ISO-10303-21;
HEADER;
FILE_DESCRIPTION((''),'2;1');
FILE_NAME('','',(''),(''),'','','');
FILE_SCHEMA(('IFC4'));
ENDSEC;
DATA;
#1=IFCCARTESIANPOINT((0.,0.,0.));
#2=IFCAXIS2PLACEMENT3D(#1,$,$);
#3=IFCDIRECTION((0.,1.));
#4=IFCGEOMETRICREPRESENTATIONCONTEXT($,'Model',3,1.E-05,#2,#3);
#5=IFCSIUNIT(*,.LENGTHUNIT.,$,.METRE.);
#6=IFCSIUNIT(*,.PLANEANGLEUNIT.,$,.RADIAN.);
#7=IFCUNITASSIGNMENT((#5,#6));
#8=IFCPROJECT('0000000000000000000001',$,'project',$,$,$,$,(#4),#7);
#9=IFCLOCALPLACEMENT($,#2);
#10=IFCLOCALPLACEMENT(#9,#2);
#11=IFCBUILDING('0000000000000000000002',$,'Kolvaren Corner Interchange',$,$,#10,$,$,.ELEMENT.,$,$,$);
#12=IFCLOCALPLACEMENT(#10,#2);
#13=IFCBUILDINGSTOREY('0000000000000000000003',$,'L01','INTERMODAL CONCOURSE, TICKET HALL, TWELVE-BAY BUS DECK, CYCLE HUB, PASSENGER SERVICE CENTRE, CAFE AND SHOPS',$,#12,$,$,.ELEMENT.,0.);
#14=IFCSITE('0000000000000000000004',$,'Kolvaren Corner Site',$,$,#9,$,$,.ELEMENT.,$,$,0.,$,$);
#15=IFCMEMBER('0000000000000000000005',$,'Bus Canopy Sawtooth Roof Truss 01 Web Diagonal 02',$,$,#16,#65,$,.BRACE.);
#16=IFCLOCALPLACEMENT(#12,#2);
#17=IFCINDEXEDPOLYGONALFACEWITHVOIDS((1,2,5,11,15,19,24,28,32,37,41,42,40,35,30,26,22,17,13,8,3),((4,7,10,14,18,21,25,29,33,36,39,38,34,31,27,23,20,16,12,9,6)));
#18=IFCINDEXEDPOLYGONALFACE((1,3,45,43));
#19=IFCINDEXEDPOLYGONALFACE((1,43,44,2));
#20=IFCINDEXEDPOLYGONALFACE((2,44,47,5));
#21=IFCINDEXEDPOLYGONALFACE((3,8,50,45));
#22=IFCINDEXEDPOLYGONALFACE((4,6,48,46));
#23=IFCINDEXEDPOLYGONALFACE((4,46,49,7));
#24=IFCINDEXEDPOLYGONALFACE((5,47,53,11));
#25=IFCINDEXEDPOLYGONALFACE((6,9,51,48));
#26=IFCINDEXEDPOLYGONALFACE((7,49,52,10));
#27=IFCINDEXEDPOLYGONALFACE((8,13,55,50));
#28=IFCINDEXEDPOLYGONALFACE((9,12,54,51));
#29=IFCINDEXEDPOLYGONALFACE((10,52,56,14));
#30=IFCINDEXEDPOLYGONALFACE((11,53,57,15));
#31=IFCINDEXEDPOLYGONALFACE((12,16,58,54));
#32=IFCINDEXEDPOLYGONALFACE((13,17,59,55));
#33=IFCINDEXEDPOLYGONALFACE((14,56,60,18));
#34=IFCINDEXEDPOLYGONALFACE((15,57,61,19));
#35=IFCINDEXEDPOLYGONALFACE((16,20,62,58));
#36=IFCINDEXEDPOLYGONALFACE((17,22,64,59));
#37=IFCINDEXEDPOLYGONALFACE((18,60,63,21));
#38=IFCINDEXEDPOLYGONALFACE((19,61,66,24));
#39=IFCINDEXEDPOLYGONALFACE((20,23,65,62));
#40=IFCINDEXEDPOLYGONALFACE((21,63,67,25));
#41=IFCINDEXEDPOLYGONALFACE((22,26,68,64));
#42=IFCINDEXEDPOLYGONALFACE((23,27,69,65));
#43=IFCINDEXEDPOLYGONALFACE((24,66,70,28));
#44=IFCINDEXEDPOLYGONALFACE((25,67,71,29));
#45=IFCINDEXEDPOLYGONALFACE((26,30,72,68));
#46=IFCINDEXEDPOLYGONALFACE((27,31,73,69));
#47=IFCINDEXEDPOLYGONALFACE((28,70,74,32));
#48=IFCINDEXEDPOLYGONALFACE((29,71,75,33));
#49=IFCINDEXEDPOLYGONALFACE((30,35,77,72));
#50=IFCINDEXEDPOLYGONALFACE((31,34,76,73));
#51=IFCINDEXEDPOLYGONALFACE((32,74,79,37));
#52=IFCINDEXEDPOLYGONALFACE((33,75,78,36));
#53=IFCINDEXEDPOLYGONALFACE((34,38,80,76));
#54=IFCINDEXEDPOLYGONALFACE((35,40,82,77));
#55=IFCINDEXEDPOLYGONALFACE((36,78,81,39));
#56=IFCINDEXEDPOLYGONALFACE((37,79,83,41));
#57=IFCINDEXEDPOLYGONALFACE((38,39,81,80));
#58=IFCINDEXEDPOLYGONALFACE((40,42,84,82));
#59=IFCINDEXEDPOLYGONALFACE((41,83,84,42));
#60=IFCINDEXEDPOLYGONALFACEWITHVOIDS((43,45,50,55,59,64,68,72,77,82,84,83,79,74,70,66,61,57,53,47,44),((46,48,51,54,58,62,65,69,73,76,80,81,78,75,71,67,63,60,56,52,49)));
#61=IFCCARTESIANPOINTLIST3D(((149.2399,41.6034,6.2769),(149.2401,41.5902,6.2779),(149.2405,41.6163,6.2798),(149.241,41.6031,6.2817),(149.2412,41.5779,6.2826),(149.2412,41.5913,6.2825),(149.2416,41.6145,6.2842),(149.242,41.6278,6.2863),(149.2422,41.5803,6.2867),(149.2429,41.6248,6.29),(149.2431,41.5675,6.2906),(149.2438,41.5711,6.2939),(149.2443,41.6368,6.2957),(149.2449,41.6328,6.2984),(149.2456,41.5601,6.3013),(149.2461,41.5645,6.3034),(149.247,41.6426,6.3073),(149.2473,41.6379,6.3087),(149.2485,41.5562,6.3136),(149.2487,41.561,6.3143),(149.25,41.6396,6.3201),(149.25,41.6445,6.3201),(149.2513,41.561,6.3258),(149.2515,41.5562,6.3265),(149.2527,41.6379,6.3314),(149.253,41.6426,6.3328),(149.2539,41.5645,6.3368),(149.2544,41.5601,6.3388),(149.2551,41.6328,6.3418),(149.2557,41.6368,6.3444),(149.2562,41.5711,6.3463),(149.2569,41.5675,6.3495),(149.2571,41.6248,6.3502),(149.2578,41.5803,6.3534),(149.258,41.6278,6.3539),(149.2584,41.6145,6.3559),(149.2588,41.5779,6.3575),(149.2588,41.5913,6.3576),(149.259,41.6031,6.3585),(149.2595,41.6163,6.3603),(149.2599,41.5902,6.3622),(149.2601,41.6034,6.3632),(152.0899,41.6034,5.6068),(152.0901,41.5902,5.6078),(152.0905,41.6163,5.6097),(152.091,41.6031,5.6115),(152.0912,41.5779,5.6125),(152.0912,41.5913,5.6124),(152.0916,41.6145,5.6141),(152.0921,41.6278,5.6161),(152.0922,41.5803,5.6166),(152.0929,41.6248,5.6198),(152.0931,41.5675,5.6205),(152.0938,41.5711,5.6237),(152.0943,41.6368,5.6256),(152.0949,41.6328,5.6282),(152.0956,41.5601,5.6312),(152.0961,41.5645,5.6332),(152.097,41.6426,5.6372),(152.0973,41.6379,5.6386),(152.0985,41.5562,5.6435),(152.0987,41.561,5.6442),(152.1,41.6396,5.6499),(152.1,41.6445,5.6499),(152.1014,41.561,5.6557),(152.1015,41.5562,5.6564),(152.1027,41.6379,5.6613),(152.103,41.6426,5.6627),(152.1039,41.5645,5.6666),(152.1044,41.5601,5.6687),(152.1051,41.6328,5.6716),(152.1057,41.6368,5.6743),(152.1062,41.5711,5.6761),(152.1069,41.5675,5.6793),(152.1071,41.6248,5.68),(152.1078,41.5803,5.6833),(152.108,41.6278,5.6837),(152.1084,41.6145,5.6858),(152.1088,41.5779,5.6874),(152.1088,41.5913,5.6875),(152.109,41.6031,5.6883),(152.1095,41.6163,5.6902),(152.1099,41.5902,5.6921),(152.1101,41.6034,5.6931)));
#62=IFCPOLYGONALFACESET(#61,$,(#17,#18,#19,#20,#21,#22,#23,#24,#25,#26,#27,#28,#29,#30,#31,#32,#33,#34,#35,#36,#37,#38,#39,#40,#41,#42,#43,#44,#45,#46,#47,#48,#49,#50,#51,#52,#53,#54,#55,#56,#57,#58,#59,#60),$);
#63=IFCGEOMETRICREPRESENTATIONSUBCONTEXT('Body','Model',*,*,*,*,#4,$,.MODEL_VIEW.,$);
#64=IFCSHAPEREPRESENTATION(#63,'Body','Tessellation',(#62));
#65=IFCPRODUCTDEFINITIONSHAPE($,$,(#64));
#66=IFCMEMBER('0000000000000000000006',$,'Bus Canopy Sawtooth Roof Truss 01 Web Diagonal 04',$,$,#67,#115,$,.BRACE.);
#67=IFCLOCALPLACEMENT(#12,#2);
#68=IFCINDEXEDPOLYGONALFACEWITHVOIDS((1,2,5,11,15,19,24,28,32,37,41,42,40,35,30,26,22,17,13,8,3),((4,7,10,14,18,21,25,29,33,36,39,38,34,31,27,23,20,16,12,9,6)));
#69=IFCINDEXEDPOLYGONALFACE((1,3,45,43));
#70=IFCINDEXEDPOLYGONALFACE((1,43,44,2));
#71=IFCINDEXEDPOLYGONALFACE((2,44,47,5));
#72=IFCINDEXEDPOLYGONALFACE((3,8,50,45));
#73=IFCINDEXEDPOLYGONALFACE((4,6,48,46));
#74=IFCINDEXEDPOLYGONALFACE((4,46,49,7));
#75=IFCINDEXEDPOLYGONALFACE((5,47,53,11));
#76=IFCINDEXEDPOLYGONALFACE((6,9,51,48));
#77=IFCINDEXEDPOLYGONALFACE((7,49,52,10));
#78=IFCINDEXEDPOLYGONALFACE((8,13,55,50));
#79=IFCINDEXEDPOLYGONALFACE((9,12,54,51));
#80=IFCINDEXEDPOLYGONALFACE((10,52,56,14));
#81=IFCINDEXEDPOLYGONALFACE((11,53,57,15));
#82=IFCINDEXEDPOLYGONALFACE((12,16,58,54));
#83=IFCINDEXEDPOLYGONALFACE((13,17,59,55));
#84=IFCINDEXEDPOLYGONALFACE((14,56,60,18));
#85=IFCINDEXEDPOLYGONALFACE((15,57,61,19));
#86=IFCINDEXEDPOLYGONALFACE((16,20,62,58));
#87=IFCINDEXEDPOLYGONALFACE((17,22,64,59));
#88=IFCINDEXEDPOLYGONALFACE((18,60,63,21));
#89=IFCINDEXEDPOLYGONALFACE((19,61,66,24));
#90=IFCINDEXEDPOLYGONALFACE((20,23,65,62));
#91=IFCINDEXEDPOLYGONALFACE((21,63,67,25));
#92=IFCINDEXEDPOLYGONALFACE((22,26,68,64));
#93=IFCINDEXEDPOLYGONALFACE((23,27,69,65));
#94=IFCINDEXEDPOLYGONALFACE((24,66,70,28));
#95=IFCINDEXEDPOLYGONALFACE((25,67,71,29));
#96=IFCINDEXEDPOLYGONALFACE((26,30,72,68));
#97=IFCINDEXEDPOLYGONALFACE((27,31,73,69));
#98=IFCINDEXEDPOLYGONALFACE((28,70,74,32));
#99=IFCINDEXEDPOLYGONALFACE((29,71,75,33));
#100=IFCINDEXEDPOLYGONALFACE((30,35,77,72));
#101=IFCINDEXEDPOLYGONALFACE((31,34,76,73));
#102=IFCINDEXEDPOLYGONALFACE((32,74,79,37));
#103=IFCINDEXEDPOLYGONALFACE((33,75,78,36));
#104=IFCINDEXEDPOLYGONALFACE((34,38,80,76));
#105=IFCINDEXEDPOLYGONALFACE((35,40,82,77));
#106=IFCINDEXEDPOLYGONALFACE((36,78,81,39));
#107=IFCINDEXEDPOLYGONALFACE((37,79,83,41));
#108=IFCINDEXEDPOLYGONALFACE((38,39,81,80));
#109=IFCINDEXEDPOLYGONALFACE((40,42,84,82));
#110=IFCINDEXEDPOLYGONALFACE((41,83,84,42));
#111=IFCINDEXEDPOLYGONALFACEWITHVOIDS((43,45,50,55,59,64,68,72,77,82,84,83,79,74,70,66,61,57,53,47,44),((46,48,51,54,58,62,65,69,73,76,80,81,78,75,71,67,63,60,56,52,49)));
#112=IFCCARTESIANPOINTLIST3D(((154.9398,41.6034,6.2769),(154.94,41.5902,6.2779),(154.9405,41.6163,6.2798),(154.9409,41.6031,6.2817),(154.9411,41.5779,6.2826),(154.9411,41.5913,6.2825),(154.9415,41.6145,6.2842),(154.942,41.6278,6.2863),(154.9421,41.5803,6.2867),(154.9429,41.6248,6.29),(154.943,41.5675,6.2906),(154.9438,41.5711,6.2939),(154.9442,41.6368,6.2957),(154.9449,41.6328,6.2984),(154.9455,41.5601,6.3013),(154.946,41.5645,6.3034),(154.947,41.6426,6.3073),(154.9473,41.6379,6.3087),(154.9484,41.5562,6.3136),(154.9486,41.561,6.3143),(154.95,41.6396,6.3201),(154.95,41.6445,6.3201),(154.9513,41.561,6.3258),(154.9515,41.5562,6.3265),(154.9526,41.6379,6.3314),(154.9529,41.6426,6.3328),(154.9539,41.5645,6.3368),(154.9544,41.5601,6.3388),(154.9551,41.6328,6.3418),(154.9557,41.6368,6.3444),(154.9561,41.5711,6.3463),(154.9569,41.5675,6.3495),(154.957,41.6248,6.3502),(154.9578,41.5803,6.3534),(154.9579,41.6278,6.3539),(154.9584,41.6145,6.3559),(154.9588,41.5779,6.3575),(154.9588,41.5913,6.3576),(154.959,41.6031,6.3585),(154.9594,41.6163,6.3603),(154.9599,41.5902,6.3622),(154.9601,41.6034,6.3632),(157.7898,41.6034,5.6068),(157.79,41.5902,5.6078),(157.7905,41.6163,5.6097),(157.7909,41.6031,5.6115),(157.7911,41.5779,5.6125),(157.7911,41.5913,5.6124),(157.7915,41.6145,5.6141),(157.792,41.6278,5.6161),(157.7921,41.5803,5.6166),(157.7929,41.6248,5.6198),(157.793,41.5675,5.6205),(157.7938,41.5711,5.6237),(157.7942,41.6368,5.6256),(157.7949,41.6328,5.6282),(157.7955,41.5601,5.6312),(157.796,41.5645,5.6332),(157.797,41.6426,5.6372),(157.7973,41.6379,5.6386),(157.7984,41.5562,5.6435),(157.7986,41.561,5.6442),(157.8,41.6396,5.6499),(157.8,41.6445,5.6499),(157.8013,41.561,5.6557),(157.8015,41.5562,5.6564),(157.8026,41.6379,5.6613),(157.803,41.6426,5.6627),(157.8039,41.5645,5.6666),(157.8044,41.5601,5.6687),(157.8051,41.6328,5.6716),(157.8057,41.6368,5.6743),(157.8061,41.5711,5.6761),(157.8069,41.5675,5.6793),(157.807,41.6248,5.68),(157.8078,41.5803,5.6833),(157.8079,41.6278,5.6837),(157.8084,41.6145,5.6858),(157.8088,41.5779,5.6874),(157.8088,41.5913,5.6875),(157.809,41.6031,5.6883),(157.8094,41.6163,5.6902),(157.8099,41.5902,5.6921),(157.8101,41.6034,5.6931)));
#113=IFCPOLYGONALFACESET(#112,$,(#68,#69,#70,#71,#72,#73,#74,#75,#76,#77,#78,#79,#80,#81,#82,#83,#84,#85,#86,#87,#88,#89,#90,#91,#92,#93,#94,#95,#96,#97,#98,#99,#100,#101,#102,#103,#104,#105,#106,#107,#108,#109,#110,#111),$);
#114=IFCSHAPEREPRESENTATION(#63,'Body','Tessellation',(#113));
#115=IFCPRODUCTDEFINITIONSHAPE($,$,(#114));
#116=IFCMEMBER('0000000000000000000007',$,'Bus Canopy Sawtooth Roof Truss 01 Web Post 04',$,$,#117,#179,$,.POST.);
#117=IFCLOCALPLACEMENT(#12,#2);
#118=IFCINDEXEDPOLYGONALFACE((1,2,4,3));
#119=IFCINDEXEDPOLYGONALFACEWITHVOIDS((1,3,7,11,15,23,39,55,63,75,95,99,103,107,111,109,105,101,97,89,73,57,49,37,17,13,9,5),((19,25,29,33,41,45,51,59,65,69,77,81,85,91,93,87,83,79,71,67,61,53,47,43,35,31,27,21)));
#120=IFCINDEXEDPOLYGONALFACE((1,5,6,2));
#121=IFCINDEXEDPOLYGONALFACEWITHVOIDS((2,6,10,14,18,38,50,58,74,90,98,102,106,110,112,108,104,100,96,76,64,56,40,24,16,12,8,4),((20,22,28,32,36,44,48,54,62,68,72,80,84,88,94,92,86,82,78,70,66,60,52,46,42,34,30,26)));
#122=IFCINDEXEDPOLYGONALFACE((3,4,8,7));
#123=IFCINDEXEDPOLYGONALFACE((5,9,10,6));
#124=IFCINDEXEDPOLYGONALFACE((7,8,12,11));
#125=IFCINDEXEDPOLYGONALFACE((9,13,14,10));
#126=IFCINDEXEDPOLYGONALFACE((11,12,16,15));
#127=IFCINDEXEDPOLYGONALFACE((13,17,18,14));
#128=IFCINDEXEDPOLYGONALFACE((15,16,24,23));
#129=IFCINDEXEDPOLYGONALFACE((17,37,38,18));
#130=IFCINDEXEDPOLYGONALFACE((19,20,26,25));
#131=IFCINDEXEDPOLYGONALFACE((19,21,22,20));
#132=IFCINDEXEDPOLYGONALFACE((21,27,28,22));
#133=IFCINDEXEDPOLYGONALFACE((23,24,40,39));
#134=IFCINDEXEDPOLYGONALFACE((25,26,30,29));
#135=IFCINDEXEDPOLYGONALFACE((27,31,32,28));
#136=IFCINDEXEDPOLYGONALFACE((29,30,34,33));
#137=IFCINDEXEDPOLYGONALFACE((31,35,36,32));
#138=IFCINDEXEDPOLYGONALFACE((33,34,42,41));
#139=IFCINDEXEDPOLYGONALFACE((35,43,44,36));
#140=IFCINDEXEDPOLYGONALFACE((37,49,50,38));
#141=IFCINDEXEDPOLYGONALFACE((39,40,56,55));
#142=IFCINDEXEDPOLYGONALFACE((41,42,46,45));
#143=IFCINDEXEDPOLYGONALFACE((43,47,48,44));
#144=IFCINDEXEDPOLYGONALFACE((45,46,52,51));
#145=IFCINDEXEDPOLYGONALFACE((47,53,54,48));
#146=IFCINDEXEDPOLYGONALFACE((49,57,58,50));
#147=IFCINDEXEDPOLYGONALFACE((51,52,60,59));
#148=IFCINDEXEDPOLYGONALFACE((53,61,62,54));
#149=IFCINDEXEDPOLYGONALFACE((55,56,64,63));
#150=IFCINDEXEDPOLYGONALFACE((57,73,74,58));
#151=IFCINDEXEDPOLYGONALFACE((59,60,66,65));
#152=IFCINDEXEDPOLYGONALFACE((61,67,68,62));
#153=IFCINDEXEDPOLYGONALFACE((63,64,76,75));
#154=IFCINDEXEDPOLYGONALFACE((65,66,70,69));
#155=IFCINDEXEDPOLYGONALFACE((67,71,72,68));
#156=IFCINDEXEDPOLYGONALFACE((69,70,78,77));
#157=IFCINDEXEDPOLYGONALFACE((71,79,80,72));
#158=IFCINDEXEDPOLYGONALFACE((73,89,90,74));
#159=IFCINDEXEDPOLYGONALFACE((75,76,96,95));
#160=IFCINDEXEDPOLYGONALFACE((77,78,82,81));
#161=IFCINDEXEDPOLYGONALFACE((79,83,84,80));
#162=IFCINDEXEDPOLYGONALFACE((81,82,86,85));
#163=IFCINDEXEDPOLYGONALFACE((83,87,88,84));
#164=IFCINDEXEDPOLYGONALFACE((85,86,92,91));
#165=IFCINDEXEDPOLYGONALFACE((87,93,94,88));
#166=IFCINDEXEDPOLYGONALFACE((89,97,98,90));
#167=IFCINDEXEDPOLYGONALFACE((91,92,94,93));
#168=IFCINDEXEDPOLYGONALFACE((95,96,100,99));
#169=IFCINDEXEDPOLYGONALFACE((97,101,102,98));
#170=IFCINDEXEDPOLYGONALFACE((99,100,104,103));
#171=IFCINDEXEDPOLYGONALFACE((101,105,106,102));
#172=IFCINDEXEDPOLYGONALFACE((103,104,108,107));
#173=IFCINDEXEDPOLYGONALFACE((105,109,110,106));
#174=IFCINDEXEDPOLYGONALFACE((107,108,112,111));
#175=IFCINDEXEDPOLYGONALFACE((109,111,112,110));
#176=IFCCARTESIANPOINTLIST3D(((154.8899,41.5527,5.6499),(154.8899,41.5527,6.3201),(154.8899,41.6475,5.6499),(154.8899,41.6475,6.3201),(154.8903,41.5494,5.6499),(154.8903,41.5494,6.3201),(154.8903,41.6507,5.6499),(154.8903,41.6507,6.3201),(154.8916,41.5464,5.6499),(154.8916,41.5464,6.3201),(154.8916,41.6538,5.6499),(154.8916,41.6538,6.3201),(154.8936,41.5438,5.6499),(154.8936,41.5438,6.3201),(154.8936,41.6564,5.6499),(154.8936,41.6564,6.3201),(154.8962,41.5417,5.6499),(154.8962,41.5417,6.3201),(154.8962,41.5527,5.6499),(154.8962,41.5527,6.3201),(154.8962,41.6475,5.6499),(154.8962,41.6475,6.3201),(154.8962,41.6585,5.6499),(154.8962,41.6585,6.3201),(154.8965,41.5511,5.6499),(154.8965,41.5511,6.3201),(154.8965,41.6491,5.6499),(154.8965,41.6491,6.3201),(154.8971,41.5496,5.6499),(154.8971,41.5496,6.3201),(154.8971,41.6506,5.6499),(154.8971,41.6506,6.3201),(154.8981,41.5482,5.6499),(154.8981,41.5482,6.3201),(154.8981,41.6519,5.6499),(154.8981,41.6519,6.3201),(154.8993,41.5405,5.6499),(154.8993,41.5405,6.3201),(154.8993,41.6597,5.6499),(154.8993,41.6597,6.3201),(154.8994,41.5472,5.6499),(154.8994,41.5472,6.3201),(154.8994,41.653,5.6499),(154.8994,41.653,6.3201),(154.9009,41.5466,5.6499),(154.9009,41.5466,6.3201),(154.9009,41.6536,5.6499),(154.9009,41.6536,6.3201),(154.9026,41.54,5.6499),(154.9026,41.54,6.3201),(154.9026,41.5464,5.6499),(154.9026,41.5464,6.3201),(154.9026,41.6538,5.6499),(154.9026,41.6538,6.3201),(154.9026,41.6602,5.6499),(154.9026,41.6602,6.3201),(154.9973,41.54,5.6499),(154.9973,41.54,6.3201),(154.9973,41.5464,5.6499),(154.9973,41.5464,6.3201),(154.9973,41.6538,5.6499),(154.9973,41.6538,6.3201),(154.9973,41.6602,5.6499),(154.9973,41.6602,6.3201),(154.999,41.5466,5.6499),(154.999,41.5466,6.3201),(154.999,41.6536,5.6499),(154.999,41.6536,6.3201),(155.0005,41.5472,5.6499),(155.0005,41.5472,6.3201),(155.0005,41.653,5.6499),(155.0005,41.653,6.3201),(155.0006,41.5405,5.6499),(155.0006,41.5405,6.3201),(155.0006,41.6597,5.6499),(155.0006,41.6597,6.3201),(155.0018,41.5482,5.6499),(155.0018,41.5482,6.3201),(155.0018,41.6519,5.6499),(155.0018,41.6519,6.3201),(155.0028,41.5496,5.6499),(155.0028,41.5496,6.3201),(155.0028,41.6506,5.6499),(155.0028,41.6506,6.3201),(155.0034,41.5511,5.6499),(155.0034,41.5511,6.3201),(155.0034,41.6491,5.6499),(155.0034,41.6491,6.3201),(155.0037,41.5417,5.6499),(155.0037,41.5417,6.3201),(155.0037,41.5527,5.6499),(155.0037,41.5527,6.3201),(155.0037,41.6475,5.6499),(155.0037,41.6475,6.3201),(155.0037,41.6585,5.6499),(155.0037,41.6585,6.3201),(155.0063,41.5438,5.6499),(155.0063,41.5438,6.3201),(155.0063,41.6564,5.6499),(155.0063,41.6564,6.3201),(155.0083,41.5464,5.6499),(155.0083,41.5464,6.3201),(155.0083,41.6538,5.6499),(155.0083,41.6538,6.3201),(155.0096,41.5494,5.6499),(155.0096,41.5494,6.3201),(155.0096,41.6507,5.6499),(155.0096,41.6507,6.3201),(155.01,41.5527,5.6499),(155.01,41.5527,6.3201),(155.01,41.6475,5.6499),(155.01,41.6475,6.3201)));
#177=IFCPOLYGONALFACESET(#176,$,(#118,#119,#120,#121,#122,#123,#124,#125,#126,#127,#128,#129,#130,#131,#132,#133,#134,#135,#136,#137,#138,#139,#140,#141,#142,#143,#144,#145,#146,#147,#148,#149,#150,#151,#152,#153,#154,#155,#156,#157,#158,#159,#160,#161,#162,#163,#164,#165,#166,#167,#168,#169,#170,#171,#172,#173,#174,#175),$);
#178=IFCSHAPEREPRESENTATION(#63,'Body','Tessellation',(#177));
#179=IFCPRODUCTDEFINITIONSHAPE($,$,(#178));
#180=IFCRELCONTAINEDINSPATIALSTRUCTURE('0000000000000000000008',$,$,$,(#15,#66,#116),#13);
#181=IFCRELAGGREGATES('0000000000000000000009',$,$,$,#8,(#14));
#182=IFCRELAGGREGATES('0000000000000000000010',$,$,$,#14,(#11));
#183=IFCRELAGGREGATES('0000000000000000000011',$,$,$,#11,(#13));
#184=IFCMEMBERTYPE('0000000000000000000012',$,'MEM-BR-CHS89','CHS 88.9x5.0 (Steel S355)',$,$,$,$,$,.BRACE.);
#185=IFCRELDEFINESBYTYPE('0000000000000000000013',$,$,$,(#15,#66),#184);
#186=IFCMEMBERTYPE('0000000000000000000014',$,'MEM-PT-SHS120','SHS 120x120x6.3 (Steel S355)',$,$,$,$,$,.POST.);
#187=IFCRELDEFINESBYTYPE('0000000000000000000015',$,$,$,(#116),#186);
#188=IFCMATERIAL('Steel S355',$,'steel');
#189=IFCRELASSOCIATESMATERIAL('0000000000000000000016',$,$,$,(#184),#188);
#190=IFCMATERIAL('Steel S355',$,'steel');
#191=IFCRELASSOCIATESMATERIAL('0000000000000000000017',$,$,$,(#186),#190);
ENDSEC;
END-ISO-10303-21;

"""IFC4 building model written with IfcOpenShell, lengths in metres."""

from ifc_helpers import new_model, si_unit, direction, frame, origin, origin_2d, place, context, subcontext, project, spatial, hollow_rectangle, hollow_circle, extrude, material, material_profile, profile_set, type_object, element, save


model = new_model("IFC4")

# Units and contexts
model_context = context("Model", 3, precision=1e-05, world=origin(), true_north=direction((0.0, 1.0)))
body_context = subcontext(model_context, "Body", "Model", "MODEL_VIEW")
ifc_project = project(units=[si_unit("LENGTHUNIT", "METRE"), si_unit("PLANEANGLEUNIT", "RADIAN")], contexts=[model_context])

# Site, building, storey
site_placement = place(None, origin())
site = spatial("IfcSite", under=ifc_project, at=site_placement, Name="Kolvaren Corner Site", CompositionType="ELEMENT", RefElevation=0.0)
building_placement = place(site_placement, origin())
building = spatial("IfcBuilding", under=site, at=building_placement, Name="Kolvaren Corner Interchange", CompositionType="ELEMENT")
storey_placement = place(building_placement, origin())
storey = spatial("IfcBuildingStorey", under=building, at=storey_placement, Name="L01", Description="INTERMODAL CONCOURSE, TICKET HALL, TWELVE-BAY BUS DECK, CYCLE HUB, PASSENGER SERVICE CENTRE, CAFE AND SHOPS", CompositionType="ELEMENT", Elevation=0.0)

# Members
ifc_material_1 = material(Name="Steel S355", Category="steel")
ifc_material_profile_1 = material_profile(ifc_material_1, hollow_circle(Radius=0.0444, WallThickness=0.0049, at=origin_2d()), Name="CHS 88.9x5.0")
ifc_profile_set_1 = profile_set([ifc_material_profile_1], Name="Steel S355")
member_type_1 = type_object("IfcMemberType", Name="MEM-BR-CHS89", Description="CHS 88.9x5.0 (Steel S355)", PredefinedType="BRACE", material=ifc_profile_set_1)
for number, where, z_axis, x_axis, name in (
    (1, (149.25, 41.6001, 6.3201), (0.973451, 0.0, -0.228895), (0.0, 1.0, 0.0), "Bus Canopy Sawtooth Roof Truss 01 Web Diagonal 02"),
    (2, (154.95, 41.6001, 6.3201), (0.973451, 0.0, -0.228895), (0.0, 1.0, 0.0), "Bus Canopy Sawtooth Roof Truss 01 Web Diagonal 04"),
):
    element("IfcMember", number, at=place(storey_placement, frame(where, z_axis=z_axis, x_axis=x_axis)), inside=storey, type_object=member_type_1, Name=name, PredefinedType="BRACE", context=body_context, shape_type="SweptSolid", body=[
        extrude(hollow_circle(Radius=0.0444, WallThickness=0.0049, at=origin_2d()), origin(), (0.0, 0.0, 1.0), 2.9277),
    ])
ifc_material_2 = material(Name="Steel S355", Category="steel")
ifc_material_profile_2 = material_profile(ifc_material_2, hollow_rectangle(XDim=0.1201, YDim=0.1201, WallThickness=0.0063, InnerFilletRadius=0.0063, OuterFilletRadius=0.0127, at=origin_2d()), Name="SHS 120x120x6.3")
ifc_profile_set_2 = profile_set([ifc_material_profile_2], Name="Steel S355")
member_type_2 = type_object("IfcMemberType", Name="MEM-PT-SHS120", Description="SHS 120x120x6.3 (Steel S355)", PredefinedType="POST", material=ifc_profile_set_2)
member_1_placement = place(storey_placement, frame((154.95, 41.6001, 5.6499), z_axis=(0.0, 0.0, 1.0), x_axis=(1.0, 0.0, 0.0)))
element("IfcMember", 3, at=member_1_placement, inside=storey, type_object=member_type_2, Name="Bus Canopy Sawtooth Roof Truss 01 Web Post 04", PredefinedType="POST", context=body_context, shape_type="SweptSolid", body=[
    extrude(hollow_rectangle(XDim=0.1201, YDim=0.1201, WallThickness=0.0063, InnerFilletRadius=0.0063, OuterFilletRadius=0.0127, at=origin_2d()), origin(), (0.0, 0.0, 1.0), 0.6702),
])

save(model, "model.ifc")
